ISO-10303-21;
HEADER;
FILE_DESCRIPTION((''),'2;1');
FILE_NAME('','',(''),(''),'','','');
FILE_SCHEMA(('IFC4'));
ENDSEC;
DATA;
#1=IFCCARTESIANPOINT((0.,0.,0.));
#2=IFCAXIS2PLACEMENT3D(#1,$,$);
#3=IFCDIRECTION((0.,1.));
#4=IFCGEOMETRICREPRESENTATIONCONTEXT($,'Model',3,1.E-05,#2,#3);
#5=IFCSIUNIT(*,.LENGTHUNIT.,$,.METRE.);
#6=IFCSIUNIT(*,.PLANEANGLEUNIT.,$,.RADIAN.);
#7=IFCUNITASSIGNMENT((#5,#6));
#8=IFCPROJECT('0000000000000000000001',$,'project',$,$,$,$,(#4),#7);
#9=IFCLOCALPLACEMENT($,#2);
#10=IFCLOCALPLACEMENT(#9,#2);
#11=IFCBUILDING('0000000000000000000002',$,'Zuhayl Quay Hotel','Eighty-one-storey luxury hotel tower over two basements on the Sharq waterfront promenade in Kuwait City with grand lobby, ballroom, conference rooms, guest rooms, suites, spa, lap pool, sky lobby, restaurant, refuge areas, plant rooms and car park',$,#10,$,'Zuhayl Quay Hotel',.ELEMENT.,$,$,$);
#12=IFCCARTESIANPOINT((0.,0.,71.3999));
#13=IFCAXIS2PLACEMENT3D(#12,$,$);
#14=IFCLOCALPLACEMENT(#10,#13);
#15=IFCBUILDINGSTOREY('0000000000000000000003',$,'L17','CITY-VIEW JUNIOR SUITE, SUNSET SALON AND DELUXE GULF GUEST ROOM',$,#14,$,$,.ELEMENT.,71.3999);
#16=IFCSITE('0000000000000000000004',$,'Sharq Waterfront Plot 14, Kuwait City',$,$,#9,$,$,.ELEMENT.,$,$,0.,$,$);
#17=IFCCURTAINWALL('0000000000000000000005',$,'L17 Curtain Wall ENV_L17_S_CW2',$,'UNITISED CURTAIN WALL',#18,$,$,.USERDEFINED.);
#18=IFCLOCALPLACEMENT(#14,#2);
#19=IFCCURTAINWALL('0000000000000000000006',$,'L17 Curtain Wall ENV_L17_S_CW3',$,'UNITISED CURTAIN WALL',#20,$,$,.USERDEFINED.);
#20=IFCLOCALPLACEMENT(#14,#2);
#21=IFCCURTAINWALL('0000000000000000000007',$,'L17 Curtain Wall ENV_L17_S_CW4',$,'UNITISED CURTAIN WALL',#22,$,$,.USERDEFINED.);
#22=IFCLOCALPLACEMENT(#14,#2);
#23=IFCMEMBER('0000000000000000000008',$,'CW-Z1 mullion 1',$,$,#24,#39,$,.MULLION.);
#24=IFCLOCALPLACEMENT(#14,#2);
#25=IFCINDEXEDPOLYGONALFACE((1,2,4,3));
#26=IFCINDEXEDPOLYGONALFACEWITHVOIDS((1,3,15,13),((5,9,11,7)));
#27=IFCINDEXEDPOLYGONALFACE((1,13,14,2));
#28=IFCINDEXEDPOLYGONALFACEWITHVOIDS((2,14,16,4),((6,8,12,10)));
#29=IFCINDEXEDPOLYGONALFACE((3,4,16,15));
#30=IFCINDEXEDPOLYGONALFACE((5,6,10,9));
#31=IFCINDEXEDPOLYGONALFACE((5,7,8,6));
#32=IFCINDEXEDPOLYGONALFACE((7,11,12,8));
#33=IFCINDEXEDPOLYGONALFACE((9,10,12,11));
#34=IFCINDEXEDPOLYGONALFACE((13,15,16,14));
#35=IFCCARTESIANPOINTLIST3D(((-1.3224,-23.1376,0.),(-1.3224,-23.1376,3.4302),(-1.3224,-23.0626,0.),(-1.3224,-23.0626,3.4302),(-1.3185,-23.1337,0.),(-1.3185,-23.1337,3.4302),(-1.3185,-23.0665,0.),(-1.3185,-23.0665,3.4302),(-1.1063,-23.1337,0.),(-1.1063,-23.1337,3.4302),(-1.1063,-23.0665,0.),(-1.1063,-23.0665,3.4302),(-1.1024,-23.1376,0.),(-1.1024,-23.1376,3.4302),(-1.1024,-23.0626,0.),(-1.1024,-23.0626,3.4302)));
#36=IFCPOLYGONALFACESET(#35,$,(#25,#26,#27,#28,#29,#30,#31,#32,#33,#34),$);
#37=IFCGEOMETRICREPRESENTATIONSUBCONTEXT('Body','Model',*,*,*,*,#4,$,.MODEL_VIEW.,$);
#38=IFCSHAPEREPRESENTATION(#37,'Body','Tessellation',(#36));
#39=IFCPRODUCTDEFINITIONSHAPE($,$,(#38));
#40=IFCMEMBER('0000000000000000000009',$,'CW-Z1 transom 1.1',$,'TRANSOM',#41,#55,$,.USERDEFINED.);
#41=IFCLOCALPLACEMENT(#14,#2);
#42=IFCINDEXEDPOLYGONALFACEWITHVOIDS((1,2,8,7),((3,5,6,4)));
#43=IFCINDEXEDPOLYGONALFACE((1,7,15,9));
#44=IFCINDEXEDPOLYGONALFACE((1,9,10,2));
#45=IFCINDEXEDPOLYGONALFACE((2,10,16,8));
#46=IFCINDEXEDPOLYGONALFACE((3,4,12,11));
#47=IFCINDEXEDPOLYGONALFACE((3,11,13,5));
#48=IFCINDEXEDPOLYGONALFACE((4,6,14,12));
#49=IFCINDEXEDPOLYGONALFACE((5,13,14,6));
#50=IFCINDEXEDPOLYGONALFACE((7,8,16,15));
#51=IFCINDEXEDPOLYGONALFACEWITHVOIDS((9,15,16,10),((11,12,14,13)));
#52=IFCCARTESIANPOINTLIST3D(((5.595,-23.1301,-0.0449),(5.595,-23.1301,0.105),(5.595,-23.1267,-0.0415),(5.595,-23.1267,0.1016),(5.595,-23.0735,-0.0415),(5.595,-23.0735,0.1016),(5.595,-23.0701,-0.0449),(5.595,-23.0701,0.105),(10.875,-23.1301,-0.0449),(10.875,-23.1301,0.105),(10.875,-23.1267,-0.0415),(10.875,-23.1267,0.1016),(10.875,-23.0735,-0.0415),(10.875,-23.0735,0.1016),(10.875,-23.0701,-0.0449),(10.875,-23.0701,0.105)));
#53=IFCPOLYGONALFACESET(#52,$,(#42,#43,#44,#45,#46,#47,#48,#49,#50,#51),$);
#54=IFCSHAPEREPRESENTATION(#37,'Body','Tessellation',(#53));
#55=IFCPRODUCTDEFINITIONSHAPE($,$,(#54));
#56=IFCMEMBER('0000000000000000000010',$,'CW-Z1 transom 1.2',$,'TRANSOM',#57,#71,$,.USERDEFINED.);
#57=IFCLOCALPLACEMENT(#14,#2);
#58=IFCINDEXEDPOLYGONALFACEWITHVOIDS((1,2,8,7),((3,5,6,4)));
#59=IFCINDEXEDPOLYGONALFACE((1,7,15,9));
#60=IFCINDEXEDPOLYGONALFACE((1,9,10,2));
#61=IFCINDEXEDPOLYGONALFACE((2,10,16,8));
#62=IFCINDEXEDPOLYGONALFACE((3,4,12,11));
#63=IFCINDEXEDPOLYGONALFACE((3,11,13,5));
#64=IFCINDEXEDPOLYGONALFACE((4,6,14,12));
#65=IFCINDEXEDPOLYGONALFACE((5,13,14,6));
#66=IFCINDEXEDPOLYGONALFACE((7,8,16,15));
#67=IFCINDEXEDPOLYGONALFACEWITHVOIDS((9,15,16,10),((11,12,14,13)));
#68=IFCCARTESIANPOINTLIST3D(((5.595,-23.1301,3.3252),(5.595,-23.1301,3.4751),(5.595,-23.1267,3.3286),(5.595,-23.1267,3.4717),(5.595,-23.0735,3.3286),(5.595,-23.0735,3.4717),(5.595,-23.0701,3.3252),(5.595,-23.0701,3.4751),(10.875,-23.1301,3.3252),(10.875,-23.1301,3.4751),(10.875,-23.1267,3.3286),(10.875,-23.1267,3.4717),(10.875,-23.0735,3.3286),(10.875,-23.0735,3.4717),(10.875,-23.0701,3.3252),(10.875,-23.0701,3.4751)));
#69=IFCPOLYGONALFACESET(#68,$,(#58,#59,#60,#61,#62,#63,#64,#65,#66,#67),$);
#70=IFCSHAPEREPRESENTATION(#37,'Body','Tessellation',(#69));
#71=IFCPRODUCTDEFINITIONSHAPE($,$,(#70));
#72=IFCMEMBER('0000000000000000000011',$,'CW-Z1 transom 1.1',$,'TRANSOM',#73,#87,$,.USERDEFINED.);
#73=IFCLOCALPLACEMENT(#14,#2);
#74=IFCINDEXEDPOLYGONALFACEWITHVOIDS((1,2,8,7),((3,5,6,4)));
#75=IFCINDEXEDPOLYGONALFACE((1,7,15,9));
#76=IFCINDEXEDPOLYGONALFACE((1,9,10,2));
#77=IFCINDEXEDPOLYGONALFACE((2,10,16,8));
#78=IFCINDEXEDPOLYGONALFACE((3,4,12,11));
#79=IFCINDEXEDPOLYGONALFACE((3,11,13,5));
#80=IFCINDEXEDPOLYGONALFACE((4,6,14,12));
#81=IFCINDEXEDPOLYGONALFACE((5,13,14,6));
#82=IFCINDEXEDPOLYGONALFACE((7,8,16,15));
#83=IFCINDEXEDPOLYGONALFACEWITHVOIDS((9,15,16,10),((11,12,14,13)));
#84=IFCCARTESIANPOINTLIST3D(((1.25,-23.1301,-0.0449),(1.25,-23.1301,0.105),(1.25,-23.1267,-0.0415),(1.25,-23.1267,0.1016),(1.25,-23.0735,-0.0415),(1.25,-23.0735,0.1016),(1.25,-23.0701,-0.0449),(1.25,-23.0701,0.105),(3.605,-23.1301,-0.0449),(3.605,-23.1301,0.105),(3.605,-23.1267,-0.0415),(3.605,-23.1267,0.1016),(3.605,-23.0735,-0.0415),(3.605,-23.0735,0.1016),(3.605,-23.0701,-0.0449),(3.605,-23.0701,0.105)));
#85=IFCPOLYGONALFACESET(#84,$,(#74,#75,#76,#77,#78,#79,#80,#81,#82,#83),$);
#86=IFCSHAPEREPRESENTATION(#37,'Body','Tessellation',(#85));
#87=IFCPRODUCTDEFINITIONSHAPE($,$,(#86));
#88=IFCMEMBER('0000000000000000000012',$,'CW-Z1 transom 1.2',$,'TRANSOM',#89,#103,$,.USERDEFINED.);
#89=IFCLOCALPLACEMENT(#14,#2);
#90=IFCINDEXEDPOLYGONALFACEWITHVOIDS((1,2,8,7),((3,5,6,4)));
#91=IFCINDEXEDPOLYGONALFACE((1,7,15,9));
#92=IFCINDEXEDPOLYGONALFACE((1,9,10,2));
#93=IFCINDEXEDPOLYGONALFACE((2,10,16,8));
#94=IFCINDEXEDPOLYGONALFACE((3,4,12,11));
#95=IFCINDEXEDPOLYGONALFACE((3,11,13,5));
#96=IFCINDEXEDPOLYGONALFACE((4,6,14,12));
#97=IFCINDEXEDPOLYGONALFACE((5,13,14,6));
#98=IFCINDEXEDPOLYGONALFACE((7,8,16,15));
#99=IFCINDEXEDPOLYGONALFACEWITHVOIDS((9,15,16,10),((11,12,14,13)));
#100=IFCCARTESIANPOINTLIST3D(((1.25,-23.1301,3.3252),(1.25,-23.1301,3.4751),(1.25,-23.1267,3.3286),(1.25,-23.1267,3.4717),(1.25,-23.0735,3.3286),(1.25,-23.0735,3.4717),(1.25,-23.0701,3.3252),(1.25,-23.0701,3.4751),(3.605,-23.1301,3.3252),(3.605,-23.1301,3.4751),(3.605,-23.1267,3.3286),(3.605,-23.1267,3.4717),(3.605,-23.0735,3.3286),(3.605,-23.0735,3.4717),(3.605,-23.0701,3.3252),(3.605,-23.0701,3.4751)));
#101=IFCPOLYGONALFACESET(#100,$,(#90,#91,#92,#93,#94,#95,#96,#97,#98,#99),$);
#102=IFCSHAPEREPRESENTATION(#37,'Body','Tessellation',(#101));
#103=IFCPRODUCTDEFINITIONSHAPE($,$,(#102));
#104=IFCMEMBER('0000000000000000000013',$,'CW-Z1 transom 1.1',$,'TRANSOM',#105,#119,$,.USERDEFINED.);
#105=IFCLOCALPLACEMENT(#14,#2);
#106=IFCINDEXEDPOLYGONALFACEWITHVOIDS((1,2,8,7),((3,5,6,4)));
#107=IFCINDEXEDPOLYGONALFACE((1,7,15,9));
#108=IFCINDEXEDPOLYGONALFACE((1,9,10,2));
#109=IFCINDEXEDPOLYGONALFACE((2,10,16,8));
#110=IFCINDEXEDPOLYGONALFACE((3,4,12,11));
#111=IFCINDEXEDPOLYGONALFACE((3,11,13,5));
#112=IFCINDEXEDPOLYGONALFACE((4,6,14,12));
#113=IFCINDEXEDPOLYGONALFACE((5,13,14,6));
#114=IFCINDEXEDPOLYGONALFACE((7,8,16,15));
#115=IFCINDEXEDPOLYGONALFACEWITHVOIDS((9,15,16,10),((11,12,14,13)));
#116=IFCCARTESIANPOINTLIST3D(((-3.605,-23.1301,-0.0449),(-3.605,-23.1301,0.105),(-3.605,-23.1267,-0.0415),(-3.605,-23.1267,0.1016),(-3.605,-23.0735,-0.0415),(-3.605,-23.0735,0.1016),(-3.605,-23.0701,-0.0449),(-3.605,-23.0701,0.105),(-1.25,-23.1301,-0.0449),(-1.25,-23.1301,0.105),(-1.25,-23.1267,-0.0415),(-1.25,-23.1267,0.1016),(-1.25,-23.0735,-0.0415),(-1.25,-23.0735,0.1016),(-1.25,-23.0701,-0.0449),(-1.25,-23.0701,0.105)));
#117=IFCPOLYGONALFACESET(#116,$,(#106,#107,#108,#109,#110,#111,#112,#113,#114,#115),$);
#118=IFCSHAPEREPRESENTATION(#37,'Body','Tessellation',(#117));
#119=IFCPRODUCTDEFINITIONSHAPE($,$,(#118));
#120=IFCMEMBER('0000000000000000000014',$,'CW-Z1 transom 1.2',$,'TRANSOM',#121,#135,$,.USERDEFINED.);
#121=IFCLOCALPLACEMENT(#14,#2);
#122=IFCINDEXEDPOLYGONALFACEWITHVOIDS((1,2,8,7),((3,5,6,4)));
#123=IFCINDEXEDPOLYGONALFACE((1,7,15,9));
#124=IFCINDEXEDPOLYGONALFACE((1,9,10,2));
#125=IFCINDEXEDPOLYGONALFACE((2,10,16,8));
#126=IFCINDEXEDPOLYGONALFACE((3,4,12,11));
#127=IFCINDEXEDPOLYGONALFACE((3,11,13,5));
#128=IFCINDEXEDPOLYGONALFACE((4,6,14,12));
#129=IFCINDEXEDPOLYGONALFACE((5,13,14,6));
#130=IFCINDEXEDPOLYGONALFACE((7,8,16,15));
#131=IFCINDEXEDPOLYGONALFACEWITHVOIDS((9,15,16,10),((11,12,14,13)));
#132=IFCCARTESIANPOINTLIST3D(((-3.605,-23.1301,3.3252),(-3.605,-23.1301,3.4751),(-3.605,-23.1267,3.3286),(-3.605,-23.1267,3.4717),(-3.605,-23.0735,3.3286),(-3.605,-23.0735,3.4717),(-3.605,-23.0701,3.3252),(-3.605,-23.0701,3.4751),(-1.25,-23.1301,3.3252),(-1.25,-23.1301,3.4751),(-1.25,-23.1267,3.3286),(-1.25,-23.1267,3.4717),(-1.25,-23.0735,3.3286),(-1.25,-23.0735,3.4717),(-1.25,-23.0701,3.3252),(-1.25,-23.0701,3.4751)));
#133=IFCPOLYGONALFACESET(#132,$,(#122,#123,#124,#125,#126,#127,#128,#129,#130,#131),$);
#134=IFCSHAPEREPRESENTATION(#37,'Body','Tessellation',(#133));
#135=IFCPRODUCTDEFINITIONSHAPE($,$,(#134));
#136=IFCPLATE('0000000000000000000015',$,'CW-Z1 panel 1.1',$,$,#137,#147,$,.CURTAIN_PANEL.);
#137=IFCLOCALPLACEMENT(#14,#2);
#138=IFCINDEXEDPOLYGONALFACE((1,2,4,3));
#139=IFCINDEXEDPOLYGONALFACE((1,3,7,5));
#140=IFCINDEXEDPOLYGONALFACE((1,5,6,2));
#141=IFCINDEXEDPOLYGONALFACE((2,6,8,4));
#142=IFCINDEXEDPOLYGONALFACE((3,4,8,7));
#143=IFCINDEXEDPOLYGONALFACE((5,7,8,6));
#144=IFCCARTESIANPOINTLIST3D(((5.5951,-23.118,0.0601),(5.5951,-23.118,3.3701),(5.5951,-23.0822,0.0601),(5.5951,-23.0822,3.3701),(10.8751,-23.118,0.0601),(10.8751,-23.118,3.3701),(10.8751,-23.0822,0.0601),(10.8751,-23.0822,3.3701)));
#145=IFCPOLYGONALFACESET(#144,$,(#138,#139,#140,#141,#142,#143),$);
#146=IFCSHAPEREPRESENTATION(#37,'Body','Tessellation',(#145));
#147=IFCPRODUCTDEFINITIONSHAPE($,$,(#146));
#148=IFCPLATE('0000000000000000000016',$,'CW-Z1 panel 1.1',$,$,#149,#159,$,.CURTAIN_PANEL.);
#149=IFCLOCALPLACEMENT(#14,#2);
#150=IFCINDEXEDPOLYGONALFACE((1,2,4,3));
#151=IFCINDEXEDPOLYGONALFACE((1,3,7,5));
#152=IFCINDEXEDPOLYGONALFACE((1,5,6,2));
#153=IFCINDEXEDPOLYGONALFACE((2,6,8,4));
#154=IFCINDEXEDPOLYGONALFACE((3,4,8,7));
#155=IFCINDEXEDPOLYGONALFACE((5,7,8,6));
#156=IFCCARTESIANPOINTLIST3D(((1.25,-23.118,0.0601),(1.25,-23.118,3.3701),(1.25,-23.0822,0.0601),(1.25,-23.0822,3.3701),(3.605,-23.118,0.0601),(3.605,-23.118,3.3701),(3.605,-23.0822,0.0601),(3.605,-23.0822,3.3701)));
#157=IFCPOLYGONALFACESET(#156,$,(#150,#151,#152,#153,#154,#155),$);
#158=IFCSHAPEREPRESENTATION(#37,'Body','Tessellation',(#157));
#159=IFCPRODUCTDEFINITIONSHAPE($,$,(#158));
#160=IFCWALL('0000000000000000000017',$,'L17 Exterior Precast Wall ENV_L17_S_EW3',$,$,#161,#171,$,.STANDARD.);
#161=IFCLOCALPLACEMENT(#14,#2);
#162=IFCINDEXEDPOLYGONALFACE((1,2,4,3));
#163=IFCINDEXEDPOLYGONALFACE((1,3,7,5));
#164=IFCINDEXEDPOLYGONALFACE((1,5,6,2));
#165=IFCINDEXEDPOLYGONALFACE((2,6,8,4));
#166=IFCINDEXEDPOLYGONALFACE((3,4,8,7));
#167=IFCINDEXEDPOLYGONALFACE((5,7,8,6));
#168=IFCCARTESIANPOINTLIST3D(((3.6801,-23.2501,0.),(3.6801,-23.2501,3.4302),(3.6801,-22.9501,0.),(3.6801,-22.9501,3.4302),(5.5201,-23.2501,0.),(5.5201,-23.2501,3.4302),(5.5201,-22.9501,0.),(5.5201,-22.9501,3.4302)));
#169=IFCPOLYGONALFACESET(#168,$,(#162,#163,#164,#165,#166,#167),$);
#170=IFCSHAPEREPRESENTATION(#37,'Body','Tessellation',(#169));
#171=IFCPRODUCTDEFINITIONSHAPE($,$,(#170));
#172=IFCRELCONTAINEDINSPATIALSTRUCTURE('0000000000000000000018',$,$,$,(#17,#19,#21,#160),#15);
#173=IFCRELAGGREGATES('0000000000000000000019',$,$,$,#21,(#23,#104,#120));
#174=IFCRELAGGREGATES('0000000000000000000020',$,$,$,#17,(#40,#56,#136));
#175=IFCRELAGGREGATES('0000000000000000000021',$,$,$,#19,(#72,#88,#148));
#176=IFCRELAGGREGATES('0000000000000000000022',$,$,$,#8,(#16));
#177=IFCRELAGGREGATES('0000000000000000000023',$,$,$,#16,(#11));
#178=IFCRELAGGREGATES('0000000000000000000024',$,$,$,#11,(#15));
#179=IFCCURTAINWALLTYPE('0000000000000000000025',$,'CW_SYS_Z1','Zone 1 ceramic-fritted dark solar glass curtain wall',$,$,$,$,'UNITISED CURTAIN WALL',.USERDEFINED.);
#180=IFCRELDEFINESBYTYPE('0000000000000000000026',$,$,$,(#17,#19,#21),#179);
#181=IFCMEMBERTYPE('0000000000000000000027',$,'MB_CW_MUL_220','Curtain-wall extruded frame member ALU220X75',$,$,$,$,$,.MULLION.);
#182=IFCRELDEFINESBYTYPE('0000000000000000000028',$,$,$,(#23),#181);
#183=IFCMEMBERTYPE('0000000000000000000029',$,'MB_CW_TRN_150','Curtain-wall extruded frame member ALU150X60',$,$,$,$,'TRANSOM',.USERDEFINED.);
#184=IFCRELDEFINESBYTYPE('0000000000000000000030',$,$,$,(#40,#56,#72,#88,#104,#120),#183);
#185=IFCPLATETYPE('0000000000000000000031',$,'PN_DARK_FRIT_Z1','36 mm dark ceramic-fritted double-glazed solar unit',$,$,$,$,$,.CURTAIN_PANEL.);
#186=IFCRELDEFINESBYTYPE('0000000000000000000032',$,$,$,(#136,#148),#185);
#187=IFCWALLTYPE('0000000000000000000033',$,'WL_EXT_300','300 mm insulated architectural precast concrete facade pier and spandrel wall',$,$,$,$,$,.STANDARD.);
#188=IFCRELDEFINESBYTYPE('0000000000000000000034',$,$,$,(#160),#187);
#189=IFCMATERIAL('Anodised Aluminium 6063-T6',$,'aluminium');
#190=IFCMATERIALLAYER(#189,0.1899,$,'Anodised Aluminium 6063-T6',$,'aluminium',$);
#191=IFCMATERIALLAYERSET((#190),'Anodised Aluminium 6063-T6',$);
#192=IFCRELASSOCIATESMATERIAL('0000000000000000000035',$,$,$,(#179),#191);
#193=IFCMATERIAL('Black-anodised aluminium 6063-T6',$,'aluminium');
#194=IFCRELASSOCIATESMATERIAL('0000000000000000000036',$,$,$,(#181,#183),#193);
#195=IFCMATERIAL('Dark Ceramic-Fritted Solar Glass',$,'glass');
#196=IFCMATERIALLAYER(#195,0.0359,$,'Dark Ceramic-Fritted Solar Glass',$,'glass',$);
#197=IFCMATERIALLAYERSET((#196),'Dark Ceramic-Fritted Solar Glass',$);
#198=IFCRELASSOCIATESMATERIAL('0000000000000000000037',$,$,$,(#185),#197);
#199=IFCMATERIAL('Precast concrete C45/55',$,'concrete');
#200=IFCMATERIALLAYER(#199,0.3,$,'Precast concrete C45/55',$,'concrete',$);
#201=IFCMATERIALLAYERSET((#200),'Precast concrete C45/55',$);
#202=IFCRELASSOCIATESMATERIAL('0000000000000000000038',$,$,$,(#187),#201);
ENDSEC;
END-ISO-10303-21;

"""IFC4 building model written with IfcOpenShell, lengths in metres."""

from ifc_helpers import new_model, si_unit, direction, frame, frame_2d, origin, origin_2d, place, context, subcontext, project, spatial, rectangle, hollow_rectangle, extrude, material, layer, layer_set, material_profile, profile_set, type_object, element, aggregate, save


model = new_model("IFC4")

# Units and contexts
model_context = context("Model", 3, precision=1e-05, world=origin(), true_north=direction((0.0, 1.0)))
body_context = subcontext(model_context, "Body", "Model", "MODEL_VIEW")
ifc_project = project(units=[si_unit("LENGTHUNIT", "METRE"), si_unit("PLANEANGLEUNIT", "RADIAN")], contexts=[model_context])

# Site, building, storey
site_placement = place(None, origin())
site = spatial("IfcSite", under=ifc_project, at=site_placement, Name="Sharq Waterfront Plot 14, Kuwait City", CompositionType="ELEMENT", RefElevation=0.0)
building_placement = place(site_placement, origin())
building = spatial("IfcBuilding", under=site, at=building_placement, Name="Zuhayl Quay Hotel", Description="Eighty-one-storey luxury hotel tower over two basements on the Sharq waterfront promenade in Kuwait City with grand lobby, ballroom, conference rooms, guest rooms, suites, spa, lap pool, sky lobby, restaurant, refuge areas, plant rooms and car park", LongName="Zuhayl Quay Hotel", CompositionType="ELEMENT")
storey_placement = place(building_placement, frame((0.0, 0.0, 71.3999)))
storey = spatial("IfcBuildingStorey", under=building, at=storey_placement, Name="L17", Description="CITY-VIEW JUNIOR SUITE, SUNSET SALON AND DELUXE GULF GUEST ROOM", CompositionType="ELEMENT", Elevation=71.3999)

# Curtain walls
ifc_material_1 = material(Name="Anodised Aluminium 6063-T6", Category="aluminium")
ifc_layer_1 = layer(ifc_material_1, 0.1899, Name="Anodised Aluminium 6063-T6", Category="aluminium")
ifc_layer_set_1 = layer_set([ifc_layer_1], Name="Anodised Aluminium 6063-T6")
curtain_wall_type = type_object("IfcCurtainWallType", Name="CW_SYS_Z1", Description="Zone 1 ceramic-fritted dark solar glass curtain wall", ElementType="UNITISED CURTAIN WALL", PredefinedType="USERDEFINED", material=ifc_layer_set_1)
curtain_wall_1_placement = place(storey_placement, origin())
curtain_wall_1 = element("IfcCurtainWall", 1, at=curtain_wall_1_placement, inside=storey, type_object=curtain_wall_type, Name="L17 Curtain Wall ENV_L17_S_CW2", ObjectType="UNITISED CURTAIN WALL", PredefinedType="USERDEFINED")
ifc_material_2 = material(Name="Black-anodised aluminium 6063-T6", Category="aluminium")
ifc_material_profile_1 = material_profile(ifc_material_2, hollow_rectangle(XDim=0.075, YDim=0.22, WallThickness=0.0039, at=origin_2d()), Name="ALU220X75")
ifc_profile_set_1 = profile_set([ifc_material_profile_1], Name="Black-anodised aluminium 6063-T6")
member_type_1 = type_object("IfcMemberType", Name="MB_CW_MUL_220", Description="Curtain-wall extruded frame member ALU220X75", PredefinedType="MULLION", material=ifc_profile_set_1)
curtain_wall_2_placement = place(storey_placement, origin())
curtain_wall_2 = element("IfcCurtainWall", 2, at=curtain_wall_2_placement, inside=storey, type_object=curtain_wall_type, Name="L17 Curtain Wall ENV_L17_S_CW3", ObjectType="UNITISED CURTAIN WALL", PredefinedType="USERDEFINED")

# Curtain wall, member
curtain_wall_3_placement = place(storey_placement, origin())
curtain_wall_3 = element("IfcCurtainWall", 3, at=curtain_wall_3_placement, inside=storey, type_object=curtain_wall_type, Name="L17 Curtain Wall ENV_L17_S_CW4", ObjectType="UNITISED CURTAIN WALL", PredefinedType="USERDEFINED")
member_1_placement = place(storey_placement, frame((-1.2124, -23.1001, 0.0), z_axis=(0.0, 0.0, 1.0), x_axis=(0.0, -1.0, 0.0)))
member_1 = element("IfcMember", 4, at=member_1_placement, type_object=member_type_1, Name="CW-Z1 mullion 1", PredefinedType="MULLION", context=body_context, shape_type="SweptSolid", body=[
    extrude(hollow_rectangle(XDim=0.075, YDim=0.22, WallThickness=0.0039, at=origin_2d()), origin(), (0.0, 0.0, 1.0), 3.4302),
])

# Members
ifc_material_profile_2 = material_profile(ifc_material_2, hollow_rectangle(XDim=0.0601, YDim=0.1499, WallThickness=0.0034, at=origin_2d()), Name="ALU150X60")
ifc_profile_set_2 = profile_set([ifc_material_profile_2], Name="Black-anodised aluminium 6063-T6")
member_type_2 = type_object("IfcMemberType", Name="MB_CW_TRN_150", Description="Curtain-wall extruded frame member ALU150X60", ElementType="TRANSOM", PredefinedType="USERDEFINED", material=ifc_profile_set_2)
member_2_placement = place(storey_placement, frame((10.875, -23.1001, 0.03), z_axis=(-1.0, 0.0, 0.0), x_axis=(0.0, -1.0, 0.0)))
member_2 = element("IfcMember", 5, at=member_2_placement, type_object=member_type_2, Name="CW-Z1 transom 1.1", ObjectType="TRANSOM", PredefinedType="USERDEFINED", context=body_context, shape_type="SweptSolid", body=[
    extrude(hollow_rectangle(XDim=0.0601, YDim=0.1499, WallThickness=0.0034, at=origin_2d()), origin(), (0.0, 0.0, 1.0), 5.28),
])
member_3_placement = place(storey_placement, frame((10.875, -23.1001, 3.4001), z_axis=(-1.0, 0.0, 0.0), x_axis=(0.0, -1.0, 0.0)))
member_3 = element("IfcMember", 6, at=member_3_placement, type_object=member_type_2, Name="CW-Z1 transom 1.2", ObjectType="TRANSOM", PredefinedType="USERDEFINED", context=body_context, shape_type="SweptSolid", body=[
    extrude(hollow_rectangle(XDim=0.0601, YDim=0.1499, WallThickness=0.0034, at=origin_2d()), origin(), (0.0, 0.0, 1.0), 5.28),
])
member_4_placement = place(storey_placement, frame((3.605, -23.1001, 0.03), z_axis=(-1.0, 0.0, 0.0), x_axis=(0.0, -1.0, 0.0)))
member_4 = element("IfcMember", 7, at=member_4_placement, type_object=member_type_2, Name="CW-Z1 transom 1.1", ObjectType="TRANSOM", PredefinedType="USERDEFINED", context=body_context, shape_type="SweptSolid", body=[
    extrude(hollow_rectangle(XDim=0.0601, YDim=0.1499, WallThickness=0.0034, at=origin_2d()), origin(), (0.0, 0.0, 1.0), 2.355),
])
member_5_placement = place(storey_placement, frame((3.605, -23.1001, 3.4001), z_axis=(-1.0, 0.0, 0.0), x_axis=(0.0, -1.0, 0.0)))
member_5 = element("IfcMember", 8, at=member_5_placement, type_object=member_type_2, Name="CW-Z1 transom 1.2", ObjectType="TRANSOM", PredefinedType="USERDEFINED", context=body_context, shape_type="SweptSolid", body=[
    extrude(hollow_rectangle(XDim=0.0601, YDim=0.1499, WallThickness=0.0034, at=origin_2d()), origin(), (0.0, 0.0, 1.0), 2.355),
])
member_6_placement = place(storey_placement, frame((-1.25, -23.1001, 0.03), z_axis=(-1.0, 0.0, 0.0), x_axis=(0.0, -1.0, 0.0)))
member_6 = element("IfcMember", 9, at=member_6_placement, type_object=member_type_2, Name="CW-Z1 transom 1.1", ObjectType="TRANSOM", PredefinedType="USERDEFINED", context=body_context, shape_type="SweptSolid", body=[
    extrude(hollow_rectangle(XDim=0.0601, YDim=0.1499, WallThickness=0.0034, at=origin_2d()), origin(), (0.0, 0.0, 1.0), 2.355),
])
member_7_placement = place(storey_placement, frame((-1.25, -23.1001, 3.4001), z_axis=(-1.0, 0.0, 0.0), x_axis=(0.0, -1.0, 0.0)))
member_7 = element("IfcMember", 10, at=member_7_placement, type_object=member_type_2, Name="CW-Z1 transom 1.2", ObjectType="TRANSOM", PredefinedType="USERDEFINED", context=body_context, shape_type="SweptSolid", body=[
    extrude(hollow_rectangle(XDim=0.0601, YDim=0.1499, WallThickness=0.0034, at=origin_2d()), origin(), (0.0, 0.0, 1.0), 2.355),
])
aggregate(curtain_wall_3, [member_1, member_6, member_7])

# Plates
ifc_material_3 = material(Name="Dark Ceramic-Fritted Solar Glass", Category="glass")
ifc_layer_2 = layer(ifc_material_3, 0.0359, Name="Dark Ceramic-Fritted Solar Glass", Category="glass")
ifc_layer_set_2 = layer_set([ifc_layer_2], Name="Dark Ceramic-Fritted Solar Glass")
plate_type = type_object("IfcPlateType", Name="PN_DARK_FRIT_Z1", Description="36 mm dark ceramic-fritted double-glazed solar unit", PredefinedType="CURTAIN_PANEL", material=ifc_layer_set_2)
plate_1_placement = place(storey_placement, frame((8.2351, -23.1001, 0.0601), z_axis=(0.0, 0.0, 1.0), x_axis=(-1.0, 0.0, 0.0)))
plate_1 = element("IfcPlate", 11, at=plate_1_placement, type_object=plate_type, Name="CW-Z1 panel 1.1", PredefinedType="CURTAIN_PANEL", context=body_context, shape_type="SweptSolid", body=[
    extrude(rectangle(XDim=5.28, YDim=0.0359, at=origin_2d()), origin(), (0.0, 0.0, 1.0), 3.3101),
])
aggregate(curtain_wall_1, [member_2, member_3, plate_1])
plate_2_placement = place(storey_placement, frame((2.4275, -23.1001, 0.0601), z_axis=(0.0, 0.0, 1.0), x_axis=(-1.0, 0.0, 0.0)))
plate_2 = element("IfcPlate", 12, at=plate_2_placement, type_object=plate_type, Name="CW-Z1 panel 1.1", PredefinedType="CURTAIN_PANEL", context=body_context, shape_type="SweptSolid", body=[
    extrude(rectangle(XDim=2.355, YDim=0.0359, at=origin_2d()), origin(), (0.0, 0.0, 1.0), 3.3101),
])
aggregate(curtain_wall_2, [member_4, member_5, plate_2])

# Wall
ifc_material_4 = material(Name="Precast concrete C45/55", Category="concrete")
ifc_layer_3 = layer(ifc_material_4, 0.3, Name="Precast concrete C45/55", Category="concrete")
ifc_layer_set_3 = layer_set([ifc_layer_3], Name="Precast concrete C45/55")
wall_type_1 = type_object("IfcWallType", Name="WL_EXT_300", Description="300 mm insulated architectural precast concrete facade pier and spandrel wall", PredefinedType="STANDARD", material=ifc_layer_set_3)
wall_1_placement = place(storey_placement, frame((5.52, -23.1001, 0.0), z_axis=(0.0, 0.0, 1.0), x_axis=(-1.0, 0.0, 0.0)))
element("IfcWall", 13, at=wall_1_placement, inside=storey, type_object=wall_type_1, Name="L17 Exterior Precast Wall ENV_L17_S_EW3", PredefinedType="STANDARD", context=body_context, shape_type="SweptSolid", body=[
    extrude(rectangle(XDim=1.8401, YDim=0.3, at=frame_2d((0.9199, 0.0))), origin(), (0.0, 0.0, 1.0), 3.4302),
])

save(model, "model.ifc")
